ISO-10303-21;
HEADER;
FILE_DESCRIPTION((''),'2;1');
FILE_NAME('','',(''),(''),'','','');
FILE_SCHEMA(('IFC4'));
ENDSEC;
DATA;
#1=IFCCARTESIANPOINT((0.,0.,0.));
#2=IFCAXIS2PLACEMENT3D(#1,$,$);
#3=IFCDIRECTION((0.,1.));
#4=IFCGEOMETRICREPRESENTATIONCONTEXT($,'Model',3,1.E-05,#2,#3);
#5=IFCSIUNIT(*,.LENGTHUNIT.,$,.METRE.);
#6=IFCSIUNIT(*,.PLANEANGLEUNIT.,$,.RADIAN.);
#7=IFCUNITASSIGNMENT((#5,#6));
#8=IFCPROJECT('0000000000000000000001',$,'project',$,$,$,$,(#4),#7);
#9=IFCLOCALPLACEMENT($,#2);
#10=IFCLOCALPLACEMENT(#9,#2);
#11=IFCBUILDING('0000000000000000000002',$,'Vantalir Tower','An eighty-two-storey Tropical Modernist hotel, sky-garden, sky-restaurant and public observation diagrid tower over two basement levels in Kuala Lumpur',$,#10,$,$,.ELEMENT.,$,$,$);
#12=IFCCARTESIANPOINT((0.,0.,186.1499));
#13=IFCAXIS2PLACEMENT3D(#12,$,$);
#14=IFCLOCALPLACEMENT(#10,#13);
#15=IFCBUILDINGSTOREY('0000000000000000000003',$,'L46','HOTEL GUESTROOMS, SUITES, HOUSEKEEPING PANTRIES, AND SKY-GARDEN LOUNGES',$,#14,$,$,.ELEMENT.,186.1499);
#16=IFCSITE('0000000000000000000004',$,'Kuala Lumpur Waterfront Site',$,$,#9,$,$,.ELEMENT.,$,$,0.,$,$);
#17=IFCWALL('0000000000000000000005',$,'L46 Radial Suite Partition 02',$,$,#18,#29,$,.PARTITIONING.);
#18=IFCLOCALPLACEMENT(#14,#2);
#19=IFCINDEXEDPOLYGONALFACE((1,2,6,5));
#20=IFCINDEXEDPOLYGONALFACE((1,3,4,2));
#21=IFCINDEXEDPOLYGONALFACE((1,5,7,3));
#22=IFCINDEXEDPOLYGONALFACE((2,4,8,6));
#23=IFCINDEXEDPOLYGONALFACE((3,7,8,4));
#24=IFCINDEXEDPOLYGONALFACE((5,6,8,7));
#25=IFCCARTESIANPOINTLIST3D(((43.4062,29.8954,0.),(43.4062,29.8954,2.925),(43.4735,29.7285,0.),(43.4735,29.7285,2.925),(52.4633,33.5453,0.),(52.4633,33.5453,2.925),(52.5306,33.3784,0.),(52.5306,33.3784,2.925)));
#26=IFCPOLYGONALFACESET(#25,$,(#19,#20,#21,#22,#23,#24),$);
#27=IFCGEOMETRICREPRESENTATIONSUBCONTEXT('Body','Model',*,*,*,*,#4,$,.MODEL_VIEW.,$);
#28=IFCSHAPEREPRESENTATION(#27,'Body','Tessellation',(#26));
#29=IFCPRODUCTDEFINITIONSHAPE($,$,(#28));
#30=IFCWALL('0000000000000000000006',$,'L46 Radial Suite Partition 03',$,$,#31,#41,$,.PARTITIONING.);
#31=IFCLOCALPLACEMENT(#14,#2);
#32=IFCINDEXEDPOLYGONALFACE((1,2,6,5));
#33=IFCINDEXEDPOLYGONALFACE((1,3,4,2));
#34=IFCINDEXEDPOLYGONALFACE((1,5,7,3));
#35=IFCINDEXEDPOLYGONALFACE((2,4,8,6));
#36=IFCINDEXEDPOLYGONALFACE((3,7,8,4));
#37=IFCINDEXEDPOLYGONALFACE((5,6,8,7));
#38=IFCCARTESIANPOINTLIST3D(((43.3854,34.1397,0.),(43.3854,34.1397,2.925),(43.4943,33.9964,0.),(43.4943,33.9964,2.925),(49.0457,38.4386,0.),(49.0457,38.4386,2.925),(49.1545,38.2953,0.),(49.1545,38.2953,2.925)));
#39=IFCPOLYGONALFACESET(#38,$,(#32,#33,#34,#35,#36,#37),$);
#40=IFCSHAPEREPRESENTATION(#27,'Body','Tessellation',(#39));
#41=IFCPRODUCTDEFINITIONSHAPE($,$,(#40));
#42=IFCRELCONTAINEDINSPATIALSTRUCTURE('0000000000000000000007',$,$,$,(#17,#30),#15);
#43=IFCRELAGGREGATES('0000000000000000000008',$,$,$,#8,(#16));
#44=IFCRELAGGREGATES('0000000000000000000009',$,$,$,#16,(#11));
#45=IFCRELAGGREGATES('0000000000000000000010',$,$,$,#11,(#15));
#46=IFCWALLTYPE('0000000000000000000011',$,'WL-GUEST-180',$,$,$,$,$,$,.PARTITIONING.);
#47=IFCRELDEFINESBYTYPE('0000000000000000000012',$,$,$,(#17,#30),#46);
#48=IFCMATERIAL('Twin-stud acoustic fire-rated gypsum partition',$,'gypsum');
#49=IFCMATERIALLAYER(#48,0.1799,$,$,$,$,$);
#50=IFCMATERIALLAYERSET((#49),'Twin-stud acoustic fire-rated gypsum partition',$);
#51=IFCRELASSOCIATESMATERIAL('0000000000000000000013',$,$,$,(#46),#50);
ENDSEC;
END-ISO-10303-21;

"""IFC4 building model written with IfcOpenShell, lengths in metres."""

from ifc_helpers import new_model, si_unit, direction, frame, frame_2d, origin, place, context, subcontext, project, spatial, rectangle, extrude, material, layer, layer_set, type_object, element, save


model = new_model("IFC4")

# Units and contexts
model_context = context("Model", 3, precision=1e-05, world=origin(), true_north=direction((0.0, 1.0)))
body_context = subcontext(model_context, "Body", "Model", "MODEL_VIEW")
ifc_project = project(units=[si_unit("LENGTHUNIT", "METRE"), si_unit("PLANEANGLEUNIT", "RADIAN")], contexts=[model_context])

# Site, building, storey
site_placement = place(None, origin())
site = spatial("IfcSite", under=ifc_project, at=site_placement, Name="Kuala Lumpur Waterfront Site", CompositionType="ELEMENT", RefElevation=0.0)
building_placement = place(site_placement, origin())
building = spatial("IfcBuilding", under=site, at=building_placement, Name="Vantalir Tower", Description="An eighty-two-storey Tropical Modernist hotel, sky-garden, sky-restaurant and public observation diagrid tower over two basement levels in Kuala Lumpur", CompositionType="ELEMENT")
storey_placement = place(building_placement, frame((0.0, 0.0, 186.1499)))
storey = spatial("IfcBuildingStorey", under=building, at=storey_placement, Name="L46", Description="HOTEL GUESTROOMS, SUITES, HOUSEKEEPING PANTRIES, AND SKY-GARDEN LOUNGES", CompositionType="ELEMENT", Elevation=186.1499)

# Walls
ifc_material_1 = material(Name="Twin-stud acoustic fire-rated gypsum partition", Category="gypsum")
ifc_layer_1 = layer(ifc_material_1, 0.1799)
ifc_layer_set_1 = layer_set([ifc_layer_1], Name="Twin-stud acoustic fire-rated gypsum partition")
wall_type_1 = type_object("IfcWallType", Name="WL-GUEST-180", PredefinedType="PARTITIONING", material=ifc_layer_set_1)
wall_1_placement = place(storey_placement, frame((43.4399, 29.812, 0.0), z_axis=(0.0, 0.0, 1.0), x_axis=(0.927518, 0.373778, 0.0)))
element("IfcWall", 1, at=wall_1_placement, inside=storey, type_object=wall_type_1, Name="L46 Radial Suite Partition 02", PredefinedType="PARTITIONING", context=body_context, shape_type="SweptSolid", body=[
    extrude(rectangle(XDim=9.7649, YDim=0.1799, at=frame_2d((4.8823, 0.0))), origin(), (0.0, 0.0, 1.0), 2.925),
])
wall_2_placement = place(storey_placement, frame((43.4399, 34.0681, 0.0), z_axis=(0.0, 0.0, 1.0), x_axis=(0.796358, 0.604825, 0.0)))
element("IfcWall", 2, at=wall_2_placement, inside=storey, type_object=wall_type_1, Name="L46 Radial Suite Partition 03", PredefinedType="PARTITIONING", context=body_context, shape_type="SweptSolid", body=[
    extrude(rectangle(XDim=7.1077, YDim=0.1799, at=frame_2d((3.5537, 0.0))), origin(), (0.0, 0.0, 1.0), 2.925),
])

save(model, "model.ifc")
